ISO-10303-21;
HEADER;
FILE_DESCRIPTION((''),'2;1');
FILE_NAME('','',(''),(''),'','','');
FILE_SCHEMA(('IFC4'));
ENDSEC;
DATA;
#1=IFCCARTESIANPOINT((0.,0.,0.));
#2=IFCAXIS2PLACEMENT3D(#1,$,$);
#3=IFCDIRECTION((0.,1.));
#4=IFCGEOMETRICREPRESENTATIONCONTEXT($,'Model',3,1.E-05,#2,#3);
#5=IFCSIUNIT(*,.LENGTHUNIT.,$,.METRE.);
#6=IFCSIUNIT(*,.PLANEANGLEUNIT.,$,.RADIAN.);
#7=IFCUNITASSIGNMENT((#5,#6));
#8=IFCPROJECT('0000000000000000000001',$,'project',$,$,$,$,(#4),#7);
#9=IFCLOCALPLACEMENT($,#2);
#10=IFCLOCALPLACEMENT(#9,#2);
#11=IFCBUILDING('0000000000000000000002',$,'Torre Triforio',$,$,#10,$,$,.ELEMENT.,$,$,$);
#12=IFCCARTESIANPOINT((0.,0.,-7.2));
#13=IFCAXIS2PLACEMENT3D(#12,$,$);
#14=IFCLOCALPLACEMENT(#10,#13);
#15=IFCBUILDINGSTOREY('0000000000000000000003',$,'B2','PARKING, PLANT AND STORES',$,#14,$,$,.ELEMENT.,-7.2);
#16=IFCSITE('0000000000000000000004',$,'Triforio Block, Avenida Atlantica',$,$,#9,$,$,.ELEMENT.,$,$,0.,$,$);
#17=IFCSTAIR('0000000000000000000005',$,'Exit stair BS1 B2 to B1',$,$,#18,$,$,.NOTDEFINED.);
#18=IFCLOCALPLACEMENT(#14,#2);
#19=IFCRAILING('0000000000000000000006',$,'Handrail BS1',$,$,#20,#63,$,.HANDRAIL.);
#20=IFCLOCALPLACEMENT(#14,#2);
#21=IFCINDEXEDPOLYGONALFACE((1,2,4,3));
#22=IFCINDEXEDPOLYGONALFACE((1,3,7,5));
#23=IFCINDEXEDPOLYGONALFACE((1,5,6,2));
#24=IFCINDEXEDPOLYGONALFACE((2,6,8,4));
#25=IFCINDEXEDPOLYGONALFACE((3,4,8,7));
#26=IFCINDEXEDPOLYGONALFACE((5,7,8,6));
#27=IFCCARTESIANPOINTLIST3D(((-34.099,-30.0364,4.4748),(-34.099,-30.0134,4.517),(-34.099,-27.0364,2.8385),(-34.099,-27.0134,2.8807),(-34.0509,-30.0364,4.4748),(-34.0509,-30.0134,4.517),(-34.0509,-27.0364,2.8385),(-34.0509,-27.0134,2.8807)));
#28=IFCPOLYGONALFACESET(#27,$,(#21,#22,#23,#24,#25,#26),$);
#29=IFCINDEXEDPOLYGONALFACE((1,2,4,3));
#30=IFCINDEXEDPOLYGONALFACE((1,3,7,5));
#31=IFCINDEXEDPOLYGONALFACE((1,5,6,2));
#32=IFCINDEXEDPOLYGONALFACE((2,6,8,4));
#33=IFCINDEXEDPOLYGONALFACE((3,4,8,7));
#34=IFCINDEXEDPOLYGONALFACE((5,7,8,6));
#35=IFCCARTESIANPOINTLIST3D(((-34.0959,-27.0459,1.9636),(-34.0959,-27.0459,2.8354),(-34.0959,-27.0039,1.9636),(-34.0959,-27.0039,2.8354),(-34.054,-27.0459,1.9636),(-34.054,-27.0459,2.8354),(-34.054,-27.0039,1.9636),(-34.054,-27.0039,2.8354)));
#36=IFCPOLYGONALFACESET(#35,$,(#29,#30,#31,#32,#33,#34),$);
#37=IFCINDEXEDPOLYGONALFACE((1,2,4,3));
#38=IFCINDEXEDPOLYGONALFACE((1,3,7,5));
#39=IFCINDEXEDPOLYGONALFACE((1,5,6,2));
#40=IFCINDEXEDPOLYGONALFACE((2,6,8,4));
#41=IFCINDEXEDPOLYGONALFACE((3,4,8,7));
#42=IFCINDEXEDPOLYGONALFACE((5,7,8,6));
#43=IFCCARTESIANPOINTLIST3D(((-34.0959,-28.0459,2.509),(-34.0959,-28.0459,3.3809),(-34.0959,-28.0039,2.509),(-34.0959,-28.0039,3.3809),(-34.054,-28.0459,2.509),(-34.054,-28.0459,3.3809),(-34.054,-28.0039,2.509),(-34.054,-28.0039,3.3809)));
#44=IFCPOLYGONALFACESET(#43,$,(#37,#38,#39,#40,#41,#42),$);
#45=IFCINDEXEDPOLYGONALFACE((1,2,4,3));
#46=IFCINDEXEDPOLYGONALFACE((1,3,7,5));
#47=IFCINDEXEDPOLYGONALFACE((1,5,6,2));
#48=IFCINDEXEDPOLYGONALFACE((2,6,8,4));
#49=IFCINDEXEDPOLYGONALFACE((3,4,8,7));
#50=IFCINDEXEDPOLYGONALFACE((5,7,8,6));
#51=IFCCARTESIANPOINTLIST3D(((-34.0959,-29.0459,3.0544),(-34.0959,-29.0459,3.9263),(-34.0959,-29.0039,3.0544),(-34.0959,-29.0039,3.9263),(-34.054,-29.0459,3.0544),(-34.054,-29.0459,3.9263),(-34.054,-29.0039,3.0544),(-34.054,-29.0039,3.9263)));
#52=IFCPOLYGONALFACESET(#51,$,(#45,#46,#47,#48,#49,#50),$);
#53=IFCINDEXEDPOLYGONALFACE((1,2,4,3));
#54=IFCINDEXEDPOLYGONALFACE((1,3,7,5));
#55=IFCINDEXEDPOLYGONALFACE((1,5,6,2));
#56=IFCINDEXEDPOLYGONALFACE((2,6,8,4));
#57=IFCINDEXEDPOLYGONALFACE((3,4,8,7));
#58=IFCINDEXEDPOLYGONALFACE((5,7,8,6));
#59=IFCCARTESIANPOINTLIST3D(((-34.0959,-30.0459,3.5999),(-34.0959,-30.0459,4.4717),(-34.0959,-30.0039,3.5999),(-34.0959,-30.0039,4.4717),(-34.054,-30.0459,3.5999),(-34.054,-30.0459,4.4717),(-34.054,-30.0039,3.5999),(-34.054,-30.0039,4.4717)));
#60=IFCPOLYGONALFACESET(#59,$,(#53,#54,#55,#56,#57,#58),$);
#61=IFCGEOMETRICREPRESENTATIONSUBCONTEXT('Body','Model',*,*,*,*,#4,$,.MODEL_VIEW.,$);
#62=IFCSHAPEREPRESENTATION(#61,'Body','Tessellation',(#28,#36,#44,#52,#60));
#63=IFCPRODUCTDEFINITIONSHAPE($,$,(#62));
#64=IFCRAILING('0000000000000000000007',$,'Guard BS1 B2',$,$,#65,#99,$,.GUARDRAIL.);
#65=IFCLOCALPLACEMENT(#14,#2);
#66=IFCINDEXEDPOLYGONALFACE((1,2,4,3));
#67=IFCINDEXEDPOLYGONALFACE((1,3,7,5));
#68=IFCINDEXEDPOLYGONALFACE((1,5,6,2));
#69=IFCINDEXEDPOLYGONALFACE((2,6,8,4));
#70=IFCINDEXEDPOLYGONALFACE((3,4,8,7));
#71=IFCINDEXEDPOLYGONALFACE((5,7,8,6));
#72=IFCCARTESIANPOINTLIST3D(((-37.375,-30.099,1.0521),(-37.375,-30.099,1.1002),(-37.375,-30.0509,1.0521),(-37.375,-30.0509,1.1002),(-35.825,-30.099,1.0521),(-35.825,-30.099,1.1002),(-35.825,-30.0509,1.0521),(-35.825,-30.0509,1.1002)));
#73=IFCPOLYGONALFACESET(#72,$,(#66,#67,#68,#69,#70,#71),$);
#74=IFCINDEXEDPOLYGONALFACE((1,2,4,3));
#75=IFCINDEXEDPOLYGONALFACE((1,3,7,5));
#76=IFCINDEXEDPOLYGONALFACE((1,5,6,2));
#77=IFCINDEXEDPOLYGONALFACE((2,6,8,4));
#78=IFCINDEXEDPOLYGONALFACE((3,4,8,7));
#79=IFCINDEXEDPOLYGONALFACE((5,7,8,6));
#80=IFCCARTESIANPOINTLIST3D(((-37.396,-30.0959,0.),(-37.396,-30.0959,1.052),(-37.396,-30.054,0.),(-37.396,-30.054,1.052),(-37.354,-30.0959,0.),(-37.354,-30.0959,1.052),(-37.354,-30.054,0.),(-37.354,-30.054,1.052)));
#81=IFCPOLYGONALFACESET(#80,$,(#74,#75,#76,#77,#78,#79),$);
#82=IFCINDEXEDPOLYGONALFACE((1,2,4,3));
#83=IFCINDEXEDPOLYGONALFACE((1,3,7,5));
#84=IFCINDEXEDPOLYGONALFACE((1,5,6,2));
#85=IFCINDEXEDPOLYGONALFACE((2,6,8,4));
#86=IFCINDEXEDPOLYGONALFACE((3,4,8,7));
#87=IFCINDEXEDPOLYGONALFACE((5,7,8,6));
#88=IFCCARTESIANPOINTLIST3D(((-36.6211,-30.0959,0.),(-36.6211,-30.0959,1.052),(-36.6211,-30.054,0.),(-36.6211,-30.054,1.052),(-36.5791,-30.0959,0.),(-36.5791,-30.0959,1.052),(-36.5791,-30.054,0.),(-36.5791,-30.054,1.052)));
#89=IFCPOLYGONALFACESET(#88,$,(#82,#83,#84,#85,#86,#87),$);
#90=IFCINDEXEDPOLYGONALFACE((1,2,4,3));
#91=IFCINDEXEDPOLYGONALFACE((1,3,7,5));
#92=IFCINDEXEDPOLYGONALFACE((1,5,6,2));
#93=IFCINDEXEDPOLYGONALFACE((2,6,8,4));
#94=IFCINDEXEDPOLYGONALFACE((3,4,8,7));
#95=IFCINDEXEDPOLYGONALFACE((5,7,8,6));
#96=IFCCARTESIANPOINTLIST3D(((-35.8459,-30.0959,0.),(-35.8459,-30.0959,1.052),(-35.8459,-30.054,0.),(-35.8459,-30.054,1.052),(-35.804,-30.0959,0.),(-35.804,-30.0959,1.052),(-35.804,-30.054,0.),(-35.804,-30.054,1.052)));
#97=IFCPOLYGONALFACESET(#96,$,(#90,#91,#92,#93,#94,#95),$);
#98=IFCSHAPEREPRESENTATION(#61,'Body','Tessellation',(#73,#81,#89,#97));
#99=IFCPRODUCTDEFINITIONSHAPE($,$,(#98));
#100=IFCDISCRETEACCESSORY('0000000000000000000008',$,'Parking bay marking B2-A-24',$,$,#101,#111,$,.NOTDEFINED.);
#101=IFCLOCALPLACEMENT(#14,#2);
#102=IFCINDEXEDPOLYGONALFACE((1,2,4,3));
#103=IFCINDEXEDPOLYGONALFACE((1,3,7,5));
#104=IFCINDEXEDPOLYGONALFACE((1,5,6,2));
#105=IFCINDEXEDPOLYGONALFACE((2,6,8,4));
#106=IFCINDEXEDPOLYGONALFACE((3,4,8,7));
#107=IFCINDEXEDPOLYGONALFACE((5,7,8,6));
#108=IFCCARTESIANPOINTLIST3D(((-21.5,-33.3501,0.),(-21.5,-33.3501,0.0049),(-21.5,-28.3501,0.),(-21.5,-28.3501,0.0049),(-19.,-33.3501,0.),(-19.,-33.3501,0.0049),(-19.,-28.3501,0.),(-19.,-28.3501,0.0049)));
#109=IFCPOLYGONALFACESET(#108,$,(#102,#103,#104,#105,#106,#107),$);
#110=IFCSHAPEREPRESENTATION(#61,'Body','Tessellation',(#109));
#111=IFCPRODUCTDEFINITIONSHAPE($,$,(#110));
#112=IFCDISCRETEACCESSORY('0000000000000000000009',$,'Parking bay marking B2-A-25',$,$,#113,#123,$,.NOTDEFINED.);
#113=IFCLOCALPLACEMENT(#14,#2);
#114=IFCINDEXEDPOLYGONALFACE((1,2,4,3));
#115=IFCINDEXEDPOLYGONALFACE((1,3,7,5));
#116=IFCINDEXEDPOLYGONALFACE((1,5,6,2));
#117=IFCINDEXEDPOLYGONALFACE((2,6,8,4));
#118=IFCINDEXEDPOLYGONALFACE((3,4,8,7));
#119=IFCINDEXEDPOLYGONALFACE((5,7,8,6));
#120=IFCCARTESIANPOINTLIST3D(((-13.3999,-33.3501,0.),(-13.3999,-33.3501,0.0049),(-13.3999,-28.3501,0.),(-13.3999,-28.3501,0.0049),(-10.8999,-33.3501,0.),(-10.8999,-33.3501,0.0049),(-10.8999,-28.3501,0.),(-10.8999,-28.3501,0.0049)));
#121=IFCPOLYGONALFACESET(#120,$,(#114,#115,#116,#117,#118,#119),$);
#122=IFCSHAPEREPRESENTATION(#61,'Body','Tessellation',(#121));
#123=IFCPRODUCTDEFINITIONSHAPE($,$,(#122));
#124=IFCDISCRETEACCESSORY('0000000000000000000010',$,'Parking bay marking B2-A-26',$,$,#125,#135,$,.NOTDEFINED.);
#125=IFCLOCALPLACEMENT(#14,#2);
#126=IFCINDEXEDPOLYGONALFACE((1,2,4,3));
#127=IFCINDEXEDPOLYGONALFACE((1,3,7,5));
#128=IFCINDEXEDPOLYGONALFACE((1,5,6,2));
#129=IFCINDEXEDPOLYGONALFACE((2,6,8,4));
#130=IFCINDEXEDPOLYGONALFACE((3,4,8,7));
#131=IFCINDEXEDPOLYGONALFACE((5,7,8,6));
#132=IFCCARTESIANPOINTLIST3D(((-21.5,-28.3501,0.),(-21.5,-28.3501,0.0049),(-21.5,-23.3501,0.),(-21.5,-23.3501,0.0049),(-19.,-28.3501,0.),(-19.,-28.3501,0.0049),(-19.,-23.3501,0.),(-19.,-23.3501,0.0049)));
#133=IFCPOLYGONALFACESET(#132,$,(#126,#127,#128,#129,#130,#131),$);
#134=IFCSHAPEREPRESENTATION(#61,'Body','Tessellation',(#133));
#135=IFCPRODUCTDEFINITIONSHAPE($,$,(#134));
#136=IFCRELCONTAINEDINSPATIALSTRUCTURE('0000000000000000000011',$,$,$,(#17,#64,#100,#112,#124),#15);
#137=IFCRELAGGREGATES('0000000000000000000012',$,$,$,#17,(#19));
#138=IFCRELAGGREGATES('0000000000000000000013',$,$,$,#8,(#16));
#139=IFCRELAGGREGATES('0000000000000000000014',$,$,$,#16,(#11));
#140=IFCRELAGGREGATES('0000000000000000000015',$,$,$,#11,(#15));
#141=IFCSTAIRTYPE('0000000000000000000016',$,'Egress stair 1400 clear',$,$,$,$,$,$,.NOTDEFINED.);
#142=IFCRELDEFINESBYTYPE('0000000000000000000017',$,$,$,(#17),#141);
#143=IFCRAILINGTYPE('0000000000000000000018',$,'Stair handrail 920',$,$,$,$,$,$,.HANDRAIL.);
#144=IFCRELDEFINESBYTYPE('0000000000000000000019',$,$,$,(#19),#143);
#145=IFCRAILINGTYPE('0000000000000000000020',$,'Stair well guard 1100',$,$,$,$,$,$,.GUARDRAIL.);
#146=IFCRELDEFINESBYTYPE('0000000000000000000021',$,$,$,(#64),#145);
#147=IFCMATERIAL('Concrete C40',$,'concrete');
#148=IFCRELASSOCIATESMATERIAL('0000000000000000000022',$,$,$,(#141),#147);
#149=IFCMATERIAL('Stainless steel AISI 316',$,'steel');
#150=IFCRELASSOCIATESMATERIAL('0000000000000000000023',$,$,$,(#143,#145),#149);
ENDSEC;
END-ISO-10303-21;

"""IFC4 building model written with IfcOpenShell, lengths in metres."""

from ifc_helpers import new_model, si_unit, direction, frame, origin, origin_2d, place, context, subcontext, project, spatial, rectangle, extrude, material, type_object, element, aggregate, save


model = new_model("IFC4")

# Units and contexts
model_context = context("Model", 3, precision=1e-05, world=origin(), true_north=direction((0.0, 1.0)))
body_context = subcontext(model_context, "Body", "Model", "MODEL_VIEW")
ifc_project = project(units=[si_unit("LENGTHUNIT", "METRE"), si_unit("PLANEANGLEUNIT", "RADIAN")], contexts=[model_context])

# Site, building, storey
site_placement = place(None, origin())
site = spatial("IfcSite", under=ifc_project, at=site_placement, Name="Triforio Block, Avenida Atlantica", CompositionType="ELEMENT", RefElevation=0.0)
building_placement = place(site_placement, origin())
building = spatial("IfcBuilding", under=site, at=building_placement, Name="Torre Triforio", CompositionType="ELEMENT")
storey_placement = place(building_placement, frame((0.0, 0.0, -7.2)))
storey = spatial("IfcBuildingStorey", under=building, at=storey_placement, Name="B2", Description="PARKING, PLANT AND STORES", CompositionType="ELEMENT", Elevation=-7.2)

# Shared definitions
ifc_material_1 = material(Name="Concrete C40", Category="concrete")

# Stair, railing
stair_type = type_object("IfcStairType", Name="Egress stair 1400 clear", PredefinedType="NOTDEFINED", material=ifc_material_1)
stair_placement = place(storey_placement, origin())
stair = element("IfcStair", 1, at=stair_placement, inside=storey, type_object=stair_type, Name="Exit stair BS1 B2 to B1", PredefinedType="NOTDEFINED")
ifc_material_2 = material(Name="Stainless steel AISI 316", Category="steel")
railing_type_1 = type_object("IfcRailingType", Name="Stair handrail 920", PredefinedType="HANDRAIL", material=ifc_material_2)
railing_1_placement = place(storey_placement, frame((-34.075, -27.0249, 1.9636)))
railing_1 = element("IfcRailing", 2, at=railing_1_placement, type_object=railing_type_1, Name="Handrail BS1", PredefinedType="HANDRAIL", context=body_context, shape_type="SweptSolid", body=[
    extrude(rectangle(XDim=0.0481, YDim=0.0481, at=origin_2d()), frame((0.0, 0.0, 0.896), z_axis=(0.0, -0.877912, 0.478822), x_axis=(1.0, 0.0, 0.0)), (0.0, 0.0, 1.0), 3.4172),
    extrude(rectangle(XDim=0.042, YDim=0.042, at=origin_2d()), origin(), (0.0, 0.0, 1.0), 0.8718),
    extrude(rectangle(XDim=0.042, YDim=0.042, at=origin_2d()), frame((0.0, -1.0, 0.5454)), (0.0, 0.0, 1.0), 0.8718),
    extrude(rectangle(XDim=0.042, YDim=0.042, at=origin_2d()), frame((0.0, -2.0, 1.0908)), (0.0, 0.0, 1.0), 0.8718),
    extrude(rectangle(XDim=0.042, YDim=0.042, at=origin_2d()), frame((0.0, -3.0, 1.6362)), (0.0, 0.0, 1.0), 0.8718),
])
aggregate(stair, [railing_1])

# Railing
railing_type_2 = type_object("IfcRailingType", Name="Stair well guard 1100", PredefinedType="GUARDRAIL", material=ifc_material_2)
railing_2_placement = place(storey_placement, frame((-37.375, -30.075, 0.0)))
element("IfcRailing", 3, at=railing_2_placement, inside=storey, type_object=railing_type_2, Name="Guard BS1 B2", PredefinedType="GUARDRAIL", context=body_context, shape_type="SweptSolid", body=[
    extrude(rectangle(XDim=0.0481, YDim=0.0481, at=origin_2d()), frame((0.0, 0.0, 1.0762), z_axis=(1.0, 0.0, 0.0), x_axis=(0.0, 1.0, 0.0)), (0.0, 0.0, 1.0), 1.55),
    extrude(rectangle(XDim=0.042, YDim=0.042, at=origin_2d()), origin(), (0.0, 0.0, 1.0), 1.052),
    extrude(rectangle(XDim=0.042, YDim=0.042, at=origin_2d()), frame((0.7749, 0.0, 0.0)), (0.0, 0.0, 1.0), 1.052),
    extrude(rectangle(XDim=0.042, YDim=0.042, at=origin_2d()), frame((1.55, 0.0, 0.0)), (0.0, 0.0, 1.0), 1.052),
])

# Discrete accessories
for number, where, z_axis, x_axis, name in (
    (4, (-20.25, -30.8501, 0.0), (0.0, 0.0, 1.0), (1.0, 0.0, 0.0), "Parking bay marking B2-A-24"),
    (5, (-12.1499, -30.8501, 0.0), (0.0, 0.0, 1.0), (1.0, 0.0, 0.0), "Parking bay marking B2-A-25"),
    (6, (-20.25, -25.8501, 0.0), (0.0, 0.0, 1.0), (1.0, 0.0, 0.0), "Parking bay marking B2-A-26"),
):
    element("IfcDiscreteAccessory", number, at=place(storey_placement, frame(where, z_axis=z_axis, x_axis=x_axis)), inside=storey, Name=name, PredefinedType="NOTDEFINED", context=body_context, shape_type="SweptSolid", body=[
        extrude(rectangle(XDim=2.5, YDim=5.0, at=origin_2d()), origin(), (0.0, 0.0, 1.0), 0.0049),
    ])

save(model, "model.ifc")
